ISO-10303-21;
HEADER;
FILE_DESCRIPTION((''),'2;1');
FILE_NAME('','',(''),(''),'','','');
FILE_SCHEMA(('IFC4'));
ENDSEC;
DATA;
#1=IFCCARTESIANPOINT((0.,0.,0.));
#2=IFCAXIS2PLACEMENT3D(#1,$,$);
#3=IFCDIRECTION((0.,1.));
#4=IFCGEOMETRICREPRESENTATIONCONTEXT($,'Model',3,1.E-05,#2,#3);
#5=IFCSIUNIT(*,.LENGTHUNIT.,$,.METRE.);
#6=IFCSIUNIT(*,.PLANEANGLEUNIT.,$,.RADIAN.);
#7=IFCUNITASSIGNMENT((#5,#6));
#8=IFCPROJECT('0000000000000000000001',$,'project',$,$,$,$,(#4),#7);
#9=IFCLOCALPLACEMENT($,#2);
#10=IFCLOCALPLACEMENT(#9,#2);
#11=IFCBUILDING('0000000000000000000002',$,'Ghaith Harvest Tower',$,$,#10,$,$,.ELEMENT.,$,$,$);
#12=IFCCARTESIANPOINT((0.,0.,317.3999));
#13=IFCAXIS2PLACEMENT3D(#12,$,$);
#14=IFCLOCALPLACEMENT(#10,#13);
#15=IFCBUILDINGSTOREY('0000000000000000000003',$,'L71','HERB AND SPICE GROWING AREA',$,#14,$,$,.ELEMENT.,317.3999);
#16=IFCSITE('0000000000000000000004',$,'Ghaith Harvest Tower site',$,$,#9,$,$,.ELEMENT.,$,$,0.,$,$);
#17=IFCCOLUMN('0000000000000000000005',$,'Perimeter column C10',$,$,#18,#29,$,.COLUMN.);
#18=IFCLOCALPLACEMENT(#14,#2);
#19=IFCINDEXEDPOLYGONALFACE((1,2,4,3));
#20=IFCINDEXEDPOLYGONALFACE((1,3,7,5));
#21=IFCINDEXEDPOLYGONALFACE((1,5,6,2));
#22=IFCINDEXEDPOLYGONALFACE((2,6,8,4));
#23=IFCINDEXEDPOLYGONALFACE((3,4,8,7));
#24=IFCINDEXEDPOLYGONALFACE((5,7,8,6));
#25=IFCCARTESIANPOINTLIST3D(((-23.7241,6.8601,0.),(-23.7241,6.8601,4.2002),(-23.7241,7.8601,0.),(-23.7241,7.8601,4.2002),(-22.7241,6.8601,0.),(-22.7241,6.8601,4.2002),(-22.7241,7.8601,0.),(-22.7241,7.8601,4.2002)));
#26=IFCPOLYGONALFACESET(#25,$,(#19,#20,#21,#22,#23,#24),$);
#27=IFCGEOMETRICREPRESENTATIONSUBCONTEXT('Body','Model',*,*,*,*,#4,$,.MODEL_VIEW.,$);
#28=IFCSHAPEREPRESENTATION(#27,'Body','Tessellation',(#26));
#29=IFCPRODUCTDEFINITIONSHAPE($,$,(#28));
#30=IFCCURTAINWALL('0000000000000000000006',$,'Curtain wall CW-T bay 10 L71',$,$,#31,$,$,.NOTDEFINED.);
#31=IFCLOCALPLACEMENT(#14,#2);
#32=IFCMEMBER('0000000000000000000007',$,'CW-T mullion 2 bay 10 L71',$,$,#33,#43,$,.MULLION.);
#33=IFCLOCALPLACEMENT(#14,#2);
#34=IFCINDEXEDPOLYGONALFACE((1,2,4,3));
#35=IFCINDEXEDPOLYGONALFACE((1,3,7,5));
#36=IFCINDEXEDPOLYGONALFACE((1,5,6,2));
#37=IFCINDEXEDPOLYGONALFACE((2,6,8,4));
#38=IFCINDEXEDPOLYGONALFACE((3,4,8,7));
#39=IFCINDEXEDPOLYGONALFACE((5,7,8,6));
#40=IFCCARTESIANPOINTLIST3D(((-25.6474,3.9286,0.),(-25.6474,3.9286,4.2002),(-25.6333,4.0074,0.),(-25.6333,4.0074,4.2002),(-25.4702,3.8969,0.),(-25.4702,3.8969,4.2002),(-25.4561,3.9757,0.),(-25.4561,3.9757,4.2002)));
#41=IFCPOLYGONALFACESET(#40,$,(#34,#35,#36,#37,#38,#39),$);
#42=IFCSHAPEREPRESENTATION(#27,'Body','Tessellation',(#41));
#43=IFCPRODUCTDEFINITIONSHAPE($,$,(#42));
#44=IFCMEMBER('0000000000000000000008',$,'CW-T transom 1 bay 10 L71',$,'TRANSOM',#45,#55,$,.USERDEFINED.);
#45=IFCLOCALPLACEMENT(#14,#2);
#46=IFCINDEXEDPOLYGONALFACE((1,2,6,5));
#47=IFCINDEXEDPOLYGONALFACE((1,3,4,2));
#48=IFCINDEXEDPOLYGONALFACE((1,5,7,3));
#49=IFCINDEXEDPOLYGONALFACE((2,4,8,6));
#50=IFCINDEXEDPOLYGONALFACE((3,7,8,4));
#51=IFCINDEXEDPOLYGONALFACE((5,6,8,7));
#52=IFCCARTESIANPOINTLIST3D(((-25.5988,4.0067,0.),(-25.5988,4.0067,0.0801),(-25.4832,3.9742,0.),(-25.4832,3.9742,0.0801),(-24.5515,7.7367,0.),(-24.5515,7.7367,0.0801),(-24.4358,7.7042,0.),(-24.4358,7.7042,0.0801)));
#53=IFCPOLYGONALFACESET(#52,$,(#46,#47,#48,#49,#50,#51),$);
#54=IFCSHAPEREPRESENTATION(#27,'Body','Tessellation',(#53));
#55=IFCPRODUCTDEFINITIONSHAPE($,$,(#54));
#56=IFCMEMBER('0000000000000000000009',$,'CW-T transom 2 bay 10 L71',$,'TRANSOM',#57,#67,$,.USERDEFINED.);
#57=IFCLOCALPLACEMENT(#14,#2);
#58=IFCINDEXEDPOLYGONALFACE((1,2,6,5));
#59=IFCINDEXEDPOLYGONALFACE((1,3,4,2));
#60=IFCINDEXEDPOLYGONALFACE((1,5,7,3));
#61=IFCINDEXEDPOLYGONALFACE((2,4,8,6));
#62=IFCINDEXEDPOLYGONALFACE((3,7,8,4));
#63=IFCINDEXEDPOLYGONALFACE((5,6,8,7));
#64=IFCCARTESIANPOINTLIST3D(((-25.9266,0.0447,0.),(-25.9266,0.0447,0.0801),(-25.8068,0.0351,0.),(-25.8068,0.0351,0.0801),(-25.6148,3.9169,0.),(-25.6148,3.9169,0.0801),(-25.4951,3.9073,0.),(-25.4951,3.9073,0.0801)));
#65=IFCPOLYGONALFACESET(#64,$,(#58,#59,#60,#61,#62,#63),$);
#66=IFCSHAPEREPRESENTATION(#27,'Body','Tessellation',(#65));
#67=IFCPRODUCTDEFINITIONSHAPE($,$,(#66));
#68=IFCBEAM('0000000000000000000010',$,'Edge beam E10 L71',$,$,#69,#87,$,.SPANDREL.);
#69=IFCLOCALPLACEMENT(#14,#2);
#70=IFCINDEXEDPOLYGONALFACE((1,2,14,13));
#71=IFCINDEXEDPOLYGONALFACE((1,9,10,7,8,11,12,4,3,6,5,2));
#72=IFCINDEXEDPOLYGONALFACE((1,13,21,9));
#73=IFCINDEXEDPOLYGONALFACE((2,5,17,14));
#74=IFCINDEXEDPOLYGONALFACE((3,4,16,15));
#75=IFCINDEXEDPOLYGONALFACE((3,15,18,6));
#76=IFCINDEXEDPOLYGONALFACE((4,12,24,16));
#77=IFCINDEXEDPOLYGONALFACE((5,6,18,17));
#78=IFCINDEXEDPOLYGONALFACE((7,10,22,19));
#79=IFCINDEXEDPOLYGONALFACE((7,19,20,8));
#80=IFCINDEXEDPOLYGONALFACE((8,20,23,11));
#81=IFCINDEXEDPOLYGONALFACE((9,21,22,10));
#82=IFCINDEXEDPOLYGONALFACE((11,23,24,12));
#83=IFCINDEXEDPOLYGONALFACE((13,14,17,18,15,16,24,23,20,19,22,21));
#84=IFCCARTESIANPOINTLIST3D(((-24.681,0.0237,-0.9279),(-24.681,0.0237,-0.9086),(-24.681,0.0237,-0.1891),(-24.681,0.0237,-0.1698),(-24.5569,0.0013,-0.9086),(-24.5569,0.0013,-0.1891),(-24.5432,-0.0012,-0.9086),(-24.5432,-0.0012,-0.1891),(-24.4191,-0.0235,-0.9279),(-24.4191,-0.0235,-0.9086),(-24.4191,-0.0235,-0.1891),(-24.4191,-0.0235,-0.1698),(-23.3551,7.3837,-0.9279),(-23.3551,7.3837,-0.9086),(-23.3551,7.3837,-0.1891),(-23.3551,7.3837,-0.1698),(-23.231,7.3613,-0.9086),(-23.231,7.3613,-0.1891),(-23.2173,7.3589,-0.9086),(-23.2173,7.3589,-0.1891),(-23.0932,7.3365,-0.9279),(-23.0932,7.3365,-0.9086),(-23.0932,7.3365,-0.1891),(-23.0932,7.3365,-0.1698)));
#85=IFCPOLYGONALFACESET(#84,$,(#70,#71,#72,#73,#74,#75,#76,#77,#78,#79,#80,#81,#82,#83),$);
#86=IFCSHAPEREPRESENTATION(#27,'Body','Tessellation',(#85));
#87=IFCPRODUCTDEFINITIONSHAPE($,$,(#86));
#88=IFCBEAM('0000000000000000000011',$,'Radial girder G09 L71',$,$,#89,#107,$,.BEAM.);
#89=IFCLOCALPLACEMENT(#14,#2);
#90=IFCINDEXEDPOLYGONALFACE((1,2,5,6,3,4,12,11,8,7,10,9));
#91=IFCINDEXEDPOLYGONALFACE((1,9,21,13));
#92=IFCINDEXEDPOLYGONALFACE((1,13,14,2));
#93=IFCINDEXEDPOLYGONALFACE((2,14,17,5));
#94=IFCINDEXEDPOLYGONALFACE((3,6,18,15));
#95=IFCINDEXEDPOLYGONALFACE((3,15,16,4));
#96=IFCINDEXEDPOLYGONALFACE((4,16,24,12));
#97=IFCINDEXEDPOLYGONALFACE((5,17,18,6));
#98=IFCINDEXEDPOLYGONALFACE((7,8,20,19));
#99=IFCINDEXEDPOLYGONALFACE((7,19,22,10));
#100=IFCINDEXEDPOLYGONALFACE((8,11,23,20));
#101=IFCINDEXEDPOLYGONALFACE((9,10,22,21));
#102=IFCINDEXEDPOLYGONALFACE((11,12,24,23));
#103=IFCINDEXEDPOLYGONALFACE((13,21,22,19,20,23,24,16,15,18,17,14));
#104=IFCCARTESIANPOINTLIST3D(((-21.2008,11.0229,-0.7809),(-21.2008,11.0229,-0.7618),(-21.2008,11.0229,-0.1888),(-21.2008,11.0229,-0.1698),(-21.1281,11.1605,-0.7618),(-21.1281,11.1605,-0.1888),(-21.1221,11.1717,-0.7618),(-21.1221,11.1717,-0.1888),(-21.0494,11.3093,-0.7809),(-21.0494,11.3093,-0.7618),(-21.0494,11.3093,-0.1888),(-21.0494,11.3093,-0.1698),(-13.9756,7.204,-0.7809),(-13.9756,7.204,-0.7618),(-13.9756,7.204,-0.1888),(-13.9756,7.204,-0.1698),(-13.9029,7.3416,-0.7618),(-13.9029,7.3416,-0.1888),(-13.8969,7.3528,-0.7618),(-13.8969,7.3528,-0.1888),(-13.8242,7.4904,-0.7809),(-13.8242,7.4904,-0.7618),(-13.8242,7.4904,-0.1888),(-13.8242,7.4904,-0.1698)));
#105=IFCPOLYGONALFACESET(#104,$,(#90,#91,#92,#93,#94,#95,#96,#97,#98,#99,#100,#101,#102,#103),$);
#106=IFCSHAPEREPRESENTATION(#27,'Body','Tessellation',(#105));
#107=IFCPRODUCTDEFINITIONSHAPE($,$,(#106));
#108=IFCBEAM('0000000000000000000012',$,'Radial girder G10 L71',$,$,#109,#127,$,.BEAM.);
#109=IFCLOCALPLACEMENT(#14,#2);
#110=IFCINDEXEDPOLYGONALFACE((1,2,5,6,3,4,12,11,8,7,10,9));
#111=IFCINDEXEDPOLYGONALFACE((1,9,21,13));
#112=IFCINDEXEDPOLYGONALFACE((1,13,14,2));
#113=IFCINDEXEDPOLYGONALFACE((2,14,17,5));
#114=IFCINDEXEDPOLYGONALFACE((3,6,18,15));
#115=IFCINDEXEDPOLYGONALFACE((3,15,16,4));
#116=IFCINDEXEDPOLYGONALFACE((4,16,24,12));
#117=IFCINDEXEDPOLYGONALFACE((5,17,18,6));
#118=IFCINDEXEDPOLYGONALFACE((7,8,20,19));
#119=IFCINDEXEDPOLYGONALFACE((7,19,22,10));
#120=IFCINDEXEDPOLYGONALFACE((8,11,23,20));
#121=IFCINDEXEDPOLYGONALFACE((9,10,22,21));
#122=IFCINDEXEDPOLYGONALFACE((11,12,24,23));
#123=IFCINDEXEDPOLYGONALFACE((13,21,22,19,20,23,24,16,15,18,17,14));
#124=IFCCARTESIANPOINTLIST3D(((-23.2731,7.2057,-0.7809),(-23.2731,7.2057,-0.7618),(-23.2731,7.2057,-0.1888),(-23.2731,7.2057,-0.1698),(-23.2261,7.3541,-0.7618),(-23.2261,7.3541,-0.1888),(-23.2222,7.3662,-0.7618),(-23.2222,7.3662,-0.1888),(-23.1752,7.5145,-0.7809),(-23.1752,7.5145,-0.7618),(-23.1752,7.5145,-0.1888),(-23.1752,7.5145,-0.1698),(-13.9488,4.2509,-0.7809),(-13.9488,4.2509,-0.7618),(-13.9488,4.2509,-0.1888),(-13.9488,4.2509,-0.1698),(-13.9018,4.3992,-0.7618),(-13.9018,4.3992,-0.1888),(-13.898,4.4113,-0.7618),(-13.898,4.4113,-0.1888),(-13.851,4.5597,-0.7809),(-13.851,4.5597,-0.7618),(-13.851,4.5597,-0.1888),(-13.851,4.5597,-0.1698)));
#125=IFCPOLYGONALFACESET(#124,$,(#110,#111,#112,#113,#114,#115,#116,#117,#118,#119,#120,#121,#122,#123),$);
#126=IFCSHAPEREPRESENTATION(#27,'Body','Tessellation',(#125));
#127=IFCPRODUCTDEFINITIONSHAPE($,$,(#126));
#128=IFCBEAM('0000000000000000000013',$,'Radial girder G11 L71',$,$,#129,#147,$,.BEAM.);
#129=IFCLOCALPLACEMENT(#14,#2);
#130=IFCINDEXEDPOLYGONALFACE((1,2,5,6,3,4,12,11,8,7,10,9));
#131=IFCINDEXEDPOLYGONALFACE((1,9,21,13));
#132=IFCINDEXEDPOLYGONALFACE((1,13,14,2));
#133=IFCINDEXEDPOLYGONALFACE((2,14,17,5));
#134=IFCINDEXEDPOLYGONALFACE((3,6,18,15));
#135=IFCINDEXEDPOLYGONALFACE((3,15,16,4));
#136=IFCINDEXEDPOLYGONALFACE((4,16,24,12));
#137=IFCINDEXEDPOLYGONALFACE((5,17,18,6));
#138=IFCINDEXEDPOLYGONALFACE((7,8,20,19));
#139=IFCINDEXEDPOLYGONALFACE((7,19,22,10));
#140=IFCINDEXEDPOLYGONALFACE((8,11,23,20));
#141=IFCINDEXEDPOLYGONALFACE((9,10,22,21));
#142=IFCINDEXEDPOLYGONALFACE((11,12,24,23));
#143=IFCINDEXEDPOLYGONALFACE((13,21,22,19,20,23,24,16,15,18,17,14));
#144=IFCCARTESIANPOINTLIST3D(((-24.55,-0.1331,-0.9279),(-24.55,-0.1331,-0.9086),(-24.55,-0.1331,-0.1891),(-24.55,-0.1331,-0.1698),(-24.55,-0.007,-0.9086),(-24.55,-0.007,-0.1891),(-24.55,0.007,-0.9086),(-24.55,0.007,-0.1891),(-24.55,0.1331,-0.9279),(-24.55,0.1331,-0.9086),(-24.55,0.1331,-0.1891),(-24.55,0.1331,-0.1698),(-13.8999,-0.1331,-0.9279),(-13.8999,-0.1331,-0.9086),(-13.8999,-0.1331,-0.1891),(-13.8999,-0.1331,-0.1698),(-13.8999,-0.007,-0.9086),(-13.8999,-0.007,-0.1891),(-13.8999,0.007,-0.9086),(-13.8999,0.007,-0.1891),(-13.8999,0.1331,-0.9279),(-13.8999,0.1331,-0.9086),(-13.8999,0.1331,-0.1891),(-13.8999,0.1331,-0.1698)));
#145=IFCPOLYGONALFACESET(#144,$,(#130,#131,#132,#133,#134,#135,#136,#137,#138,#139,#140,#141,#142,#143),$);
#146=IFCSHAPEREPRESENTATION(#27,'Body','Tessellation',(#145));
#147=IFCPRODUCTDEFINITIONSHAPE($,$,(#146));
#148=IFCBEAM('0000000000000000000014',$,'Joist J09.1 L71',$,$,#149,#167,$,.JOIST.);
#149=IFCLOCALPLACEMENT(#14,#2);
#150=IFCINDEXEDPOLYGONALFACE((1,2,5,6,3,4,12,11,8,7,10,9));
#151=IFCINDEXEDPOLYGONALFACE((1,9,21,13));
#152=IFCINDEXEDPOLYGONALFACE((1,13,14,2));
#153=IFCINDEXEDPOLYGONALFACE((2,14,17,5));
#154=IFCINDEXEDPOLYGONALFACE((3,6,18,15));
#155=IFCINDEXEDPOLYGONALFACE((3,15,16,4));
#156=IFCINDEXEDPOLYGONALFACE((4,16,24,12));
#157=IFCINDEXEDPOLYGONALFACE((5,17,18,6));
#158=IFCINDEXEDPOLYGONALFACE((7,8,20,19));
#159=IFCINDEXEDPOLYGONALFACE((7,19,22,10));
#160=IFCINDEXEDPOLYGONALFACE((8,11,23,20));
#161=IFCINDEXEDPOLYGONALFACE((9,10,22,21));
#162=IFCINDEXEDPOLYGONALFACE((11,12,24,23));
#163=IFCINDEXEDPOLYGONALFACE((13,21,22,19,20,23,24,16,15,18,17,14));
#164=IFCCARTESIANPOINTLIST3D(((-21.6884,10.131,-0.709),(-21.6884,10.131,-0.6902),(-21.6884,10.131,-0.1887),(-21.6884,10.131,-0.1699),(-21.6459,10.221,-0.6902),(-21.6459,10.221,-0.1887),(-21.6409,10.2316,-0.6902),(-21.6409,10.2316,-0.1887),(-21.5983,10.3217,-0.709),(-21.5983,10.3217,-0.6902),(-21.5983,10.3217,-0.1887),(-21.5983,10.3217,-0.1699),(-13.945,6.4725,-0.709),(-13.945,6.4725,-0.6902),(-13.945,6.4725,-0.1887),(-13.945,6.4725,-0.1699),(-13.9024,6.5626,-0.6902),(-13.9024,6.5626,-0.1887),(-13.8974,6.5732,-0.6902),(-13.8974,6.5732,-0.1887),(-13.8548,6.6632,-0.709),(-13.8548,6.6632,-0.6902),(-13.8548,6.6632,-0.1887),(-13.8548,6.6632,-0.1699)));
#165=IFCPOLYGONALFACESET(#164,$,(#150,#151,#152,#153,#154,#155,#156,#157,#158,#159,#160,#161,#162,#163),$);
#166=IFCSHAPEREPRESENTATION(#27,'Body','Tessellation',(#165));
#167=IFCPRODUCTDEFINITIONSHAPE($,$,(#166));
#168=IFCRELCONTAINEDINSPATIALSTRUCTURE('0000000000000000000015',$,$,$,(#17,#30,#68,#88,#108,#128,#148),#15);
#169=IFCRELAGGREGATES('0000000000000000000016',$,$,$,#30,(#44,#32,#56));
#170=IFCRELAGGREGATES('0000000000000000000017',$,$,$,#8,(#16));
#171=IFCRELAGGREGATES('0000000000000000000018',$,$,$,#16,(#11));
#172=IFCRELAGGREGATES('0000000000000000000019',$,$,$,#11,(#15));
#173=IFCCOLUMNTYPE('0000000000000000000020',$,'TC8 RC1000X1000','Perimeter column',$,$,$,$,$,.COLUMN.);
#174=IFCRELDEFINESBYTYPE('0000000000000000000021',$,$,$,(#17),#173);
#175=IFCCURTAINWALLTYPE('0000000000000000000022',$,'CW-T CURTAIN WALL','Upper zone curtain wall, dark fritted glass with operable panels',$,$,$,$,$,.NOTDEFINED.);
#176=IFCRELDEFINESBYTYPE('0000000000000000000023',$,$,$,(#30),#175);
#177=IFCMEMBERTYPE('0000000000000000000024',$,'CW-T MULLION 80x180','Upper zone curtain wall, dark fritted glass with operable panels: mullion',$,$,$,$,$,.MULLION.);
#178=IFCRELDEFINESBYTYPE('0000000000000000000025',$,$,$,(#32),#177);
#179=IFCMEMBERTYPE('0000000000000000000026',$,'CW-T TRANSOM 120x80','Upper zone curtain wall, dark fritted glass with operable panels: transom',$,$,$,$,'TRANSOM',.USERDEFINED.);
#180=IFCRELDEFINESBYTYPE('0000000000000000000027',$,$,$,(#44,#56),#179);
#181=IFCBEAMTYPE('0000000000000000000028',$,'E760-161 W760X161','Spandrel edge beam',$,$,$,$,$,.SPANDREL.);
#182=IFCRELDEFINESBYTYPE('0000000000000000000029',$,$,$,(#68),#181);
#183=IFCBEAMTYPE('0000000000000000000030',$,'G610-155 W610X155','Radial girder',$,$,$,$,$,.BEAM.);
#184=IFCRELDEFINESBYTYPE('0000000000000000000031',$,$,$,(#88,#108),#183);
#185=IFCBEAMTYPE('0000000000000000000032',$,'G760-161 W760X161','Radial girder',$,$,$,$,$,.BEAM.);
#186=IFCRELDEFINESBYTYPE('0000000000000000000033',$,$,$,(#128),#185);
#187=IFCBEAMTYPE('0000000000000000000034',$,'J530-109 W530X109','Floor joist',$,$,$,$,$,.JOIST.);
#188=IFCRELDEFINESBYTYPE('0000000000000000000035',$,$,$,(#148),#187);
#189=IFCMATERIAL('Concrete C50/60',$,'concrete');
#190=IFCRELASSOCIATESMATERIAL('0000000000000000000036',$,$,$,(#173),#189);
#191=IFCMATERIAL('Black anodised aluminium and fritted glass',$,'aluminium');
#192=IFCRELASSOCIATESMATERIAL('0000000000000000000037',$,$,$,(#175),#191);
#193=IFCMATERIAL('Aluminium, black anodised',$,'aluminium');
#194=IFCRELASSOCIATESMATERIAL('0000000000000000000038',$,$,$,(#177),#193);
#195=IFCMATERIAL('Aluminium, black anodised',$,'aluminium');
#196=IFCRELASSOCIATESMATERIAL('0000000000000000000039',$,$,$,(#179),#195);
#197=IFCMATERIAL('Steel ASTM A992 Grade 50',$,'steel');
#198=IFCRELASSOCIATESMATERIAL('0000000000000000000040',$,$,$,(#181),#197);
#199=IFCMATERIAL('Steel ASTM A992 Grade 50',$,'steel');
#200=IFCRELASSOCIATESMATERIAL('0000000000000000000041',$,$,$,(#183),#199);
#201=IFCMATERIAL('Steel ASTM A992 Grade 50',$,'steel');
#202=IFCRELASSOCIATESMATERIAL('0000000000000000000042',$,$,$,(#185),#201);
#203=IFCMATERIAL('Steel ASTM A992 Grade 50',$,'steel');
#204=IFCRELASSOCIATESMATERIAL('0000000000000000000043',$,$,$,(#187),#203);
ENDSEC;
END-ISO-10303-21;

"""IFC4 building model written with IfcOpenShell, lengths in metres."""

from ifc_helpers import new_model, si_unit, direction, frame, origin, origin_2d, place, context, subcontext, project, spatial, rectangle, i_section, extrude, material, material_profile, profile_set, type_object, element, aggregate, save


model = new_model("IFC4")

# Units and contexts
model_context = context("Model", 3, precision=1e-05, world=origin(), true_north=direction((0.0, 1.0)))
body_context = subcontext(model_context, "Body", "Model", "MODEL_VIEW")
ifc_project = project(units=[si_unit("LENGTHUNIT", "METRE"), si_unit("PLANEANGLEUNIT", "RADIAN")], contexts=[model_context])

# Site, building, storey
site_placement = place(None, origin())
site = spatial("IfcSite", under=ifc_project, at=site_placement, Name="Ghaith Harvest Tower site", CompositionType="ELEMENT", RefElevation=0.0)
building_placement = place(site_placement, origin())
building = spatial("IfcBuilding", under=site, at=building_placement, Name="Ghaith Harvest Tower", CompositionType="ELEMENT")
storey_placement = place(building_placement, frame((0.0, 0.0, 317.3999)))
storey = spatial("IfcBuildingStorey", under=building, at=storey_placement, Name="L71", Description="HERB AND SPICE GROWING AREA", CompositionType="ELEMENT", Elevation=317.3999)

# Column
ifc_material_1 = material(Name="Concrete C50/60", Category="concrete")
ifc_material_profile_1 = material_profile(ifc_material_1, rectangle(XDim=1.0, YDim=1.0, at=origin_2d()), Name="RC1000X1000")
ifc_profile_set_1 = profile_set([ifc_material_profile_1], Name="Concrete C50/60")
column_type = type_object("IfcColumnType", Name="TC8 RC1000X1000", Description="Perimeter column", PredefinedType="COLUMN", material=ifc_profile_set_1)
column_placement = place(storey_placement, frame((-23.2241, 7.3601, 0.0), z_axis=(0.0, 0.0, 1.0), x_axis=(1.0, 0.0, 0.0)))
element("IfcColumn", 1, at=column_placement, inside=storey, type_object=column_type, Name="Perimeter column C10", PredefinedType="COLUMN", context=body_context, shape_type="SweptSolid", body=[
    extrude(rectangle(XDim=1.0, YDim=1.0, at=origin_2d()), origin(), (0.0, 0.0, 1.0), 4.2002),
])

# Curtain wall, members
ifc_material_2 = material(Name="Black anodised aluminium and fritted glass", Category="aluminium")
curtain_wall_type = type_object("IfcCurtainWallType", Name="CW-T CURTAIN WALL", Description="Upper zone curtain wall, dark fritted glass with operable panels", PredefinedType="NOTDEFINED", material=ifc_material_2)
curtain_wall_placement = place(storey_placement, origin())
curtain_wall = element("IfcCurtainWall", 2, at=curtain_wall_placement, inside=storey, type_object=curtain_wall_type, Name="Curtain wall CW-T bay 10 L71", PredefinedType="NOTDEFINED")
ifc_material_3 = material(Name="Aluminium, black anodised", Category="aluminium")
ifc_material_profile_2 = material_profile(ifc_material_3, rectangle(XDim=0.0801, YDim=0.1799, at=origin_2d()), Name="CW-T MULLION 80x180")
ifc_profile_set_2 = profile_set([ifc_material_profile_2], Name="Aluminium, black anodised")
member_type_1 = type_object("IfcMemberType", Name="CW-T MULLION 80x180", Description="Upper zone curtain wall, dark fritted glass with operable panels: mullion", PredefinedType="MULLION", material=ifc_profile_set_2)
member_1_placement = place(storey_placement, frame((-25.5518, 3.9521, 0.0), z_axis=(0.0, 0.0, 1.0), x_axis=(-0.176001, -0.98439, 0.0)))
member_1 = element("IfcMember", 3, at=member_1_placement, type_object=member_type_1, Name="CW-T mullion 2 bay 10 L71", PredefinedType="MULLION", context=body_context, shape_type="SweptSolid", body=[
    extrude(rectangle(XDim=0.0801, YDim=0.1799, at=origin_2d()), origin(), (0.0, 0.0, 1.0), 4.2002),
])
ifc_material_4 = material(Name="Aluminium, black anodised", Category="aluminium")
ifc_material_profile_3 = material_profile(ifc_material_4, rectangle(XDim=0.1201, YDim=0.0801, at=origin_2d()), Name="CW-T TRANSOM 120x80")
ifc_profile_set_3 = profile_set([ifc_material_profile_3], Name="Aluminium, black anodised")
member_type_2 = type_object("IfcMemberType", Name="CW-T TRANSOM 120x80", Description="Upper zone curtain wall, dark fritted glass with operable panels: transom", ElementType="TRANSOM", PredefinedType="USERDEFINED", material=ifc_profile_set_3)
member_2_placement = place(storey_placement, frame((-24.4937, 7.7205, 0.04), z_axis=(-0.27034, -0.962765, 0.0), x_axis=(0.962765, -0.27034, 0.0)))
member_2 = element("IfcMember", 4, at=member_2_placement, type_object=member_type_2, Name="CW-T transom 1 bay 10 L71", ObjectType="TRANSOM", PredefinedType="USERDEFINED", context=body_context, shape_type="SweptSolid", body=[
    extrude(rectangle(XDim=0.1201, YDim=0.0801, at=origin_2d()), origin(), (0.0, 0.0, 1.0), 3.8743),
])
member_3_placement = place(storey_placement, frame((-25.5549, 3.9121, 0.04), z_axis=(-0.080252, -0.996775, 0.0), x_axis=(0.996775, -0.080252, 0.0)))
member_3 = element("IfcMember", 5, at=member_3_placement, type_object=member_type_2, Name="CW-T transom 2 bay 10 L71", ObjectType="TRANSOM", PredefinedType="USERDEFINED", context=body_context, shape_type="SweptSolid", body=[
    extrude(rectangle(XDim=0.1201, YDim=0.0801, at=origin_2d()), origin(), (0.0, 0.0, 1.0), 3.8848),
])

# Beams
ifc_material_5 = material(Name="Steel ASTM A992 Grade 50", Category="steel")
ifc_material_profile_4 = material_profile(ifc_material_5, i_section(OverallWidth=0.2661, OverallDepth=0.7581, WebThickness=0.0139, FlangeThickness=0.0193, at=origin_2d()), Name="W760X161")
ifc_profile_set_4 = profile_set([ifc_material_profile_4], Name="Steel ASTM A992 Grade 50")
beam_type_1 = type_object("IfcBeamType", Name="E760-161 W760X161", Description="Spandrel edge beam", PredefinedType="SPANDREL", material=ifc_profile_set_4)
beam_1_placement = place(storey_placement, frame((-23.2241, 7.3601, -0.5488), z_axis=(-0.177297, -0.984157, 0.0), x_axis=(0.984157, -0.177297, 0.0)))
element("IfcBeam", 6, at=beam_1_placement, inside=storey, type_object=beam_type_1, Name="Edge beam E10 L71", PredefinedType="SPANDREL", context=body_context, shape_type="SweptSolid", body=[
    extrude(i_section(OverallWidth=0.2661, OverallDepth=0.7581, WebThickness=0.0139, FlangeThickness=0.0193, at=origin_2d()), origin(), (0.0, 0.0, 1.0), 7.4785),
])
ifc_material_6 = material(Name="Steel ASTM A992 Grade 50", Category="steel")
ifc_material_profile_5 = material_profile(ifc_material_6, i_section(OverallWidth=0.324, OverallDepth=0.6111, WebThickness=0.0127, FlangeThickness=0.019, at=origin_2d()), Name="W610X155")
ifc_profile_set_5 = profile_set([ifc_material_profile_5], Name="Steel ASTM A992 Grade 50")
beam_type_2 = type_object("IfcBeamType", Name="G610-155 W610X155", Description="Radial girder", PredefinedType="BEAM", material=ifc_profile_set_5)
beam_2_placement = place(storey_placement, frame((-13.8999, 7.3472, -0.4753), z_axis=(-0.884102, 0.467295, 0.0), x_axis=(-0.467295, -0.884102, 0.0)))
element("IfcBeam", 7, at=beam_2_placement, inside=storey, type_object=beam_type_2, Name="Radial girder G09 L71", PredefinedType="BEAM", context=body_context, shape_type="SweptSolid", body=[
    extrude(i_section(OverallWidth=0.324, OverallDepth=0.6111, WebThickness=0.0127, FlangeThickness=0.019, at=origin_2d()), origin(), (0.0, 0.0, 1.0), 8.1724),
])
beam_3_placement = place(storey_placement, frame((-13.8999, 4.4053, -0.4753), z_axis=(-0.953279, 0.302093, 0.0), x_axis=(-0.302093, -0.953279, 0.0)))
element("IfcBeam", 8, at=beam_3_placement, inside=storey, type_object=beam_type_2, Name="Radial girder G10 L71", PredefinedType="BEAM", context=body_context, shape_type="SweptSolid", body=[
    extrude(i_section(OverallWidth=0.324, OverallDepth=0.6111, WebThickness=0.0127, FlangeThickness=0.019, at=origin_2d()), origin(), (0.0, 0.0, 1.0), 9.7812),
])
ifc_material_7 = material(Name="Steel ASTM A992 Grade 50", Category="steel")
ifc_material_profile_6 = material_profile(ifc_material_7, i_section(OverallWidth=0.2661, OverallDepth=0.7581, WebThickness=0.0139, FlangeThickness=0.0193, at=origin_2d()), Name="W760X161")
ifc_profile_set_6 = profile_set([ifc_material_profile_6], Name="Steel ASTM A992 Grade 50")
beam_type_3 = type_object("IfcBeamType", Name="G760-161 W760X161", Description="Radial girder", PredefinedType="BEAM", material=ifc_profile_set_6)
beam_4_placement = place(storey_placement, frame((-13.8999, 0.0, -0.5488), z_axis=(-1.0, 0.0, 0.0), x_axis=(0.0, -1.0, 0.0)))
element("IfcBeam", 9, at=beam_4_placement, inside=storey, type_object=beam_type_3, Name="Radial girder G11 L71", PredefinedType="BEAM", context=body_context, shape_type="SweptSolid", body=[
    extrude(i_section(OverallWidth=0.2661, OverallDepth=0.7581, WebThickness=0.0139, FlangeThickness=0.0193, at=origin_2d()), origin(), (0.0, 0.0, 1.0), 10.6501),
])
ifc_material_8 = material(Name="Steel ASTM A992 Grade 50", Category="steel")
ifc_material_profile_7 = material_profile(ifc_material_8, i_section(OverallWidth=0.2109, OverallDepth=0.5391, WebThickness=0.0117, FlangeThickness=0.0188, at=origin_2d()), Name="W530X109")
ifc_profile_set_7 = profile_set([ifc_material_profile_7], Name="Steel ASTM A992 Grade 50")
beam_type_4 = type_object("IfcBeamType", Name="J530-109 W530X109", Description="Floor joist", PredefinedType="JOIST", material=ifc_profile_set_7)
beam_5_placement = place(storey_placement, frame((-13.8999, 6.5679, -0.4395), z_axis=(-0.904166, 0.427182, 0.0), x_axis=(-0.427182, -0.904166, 0.0)))
element("IfcBeam", 10, at=beam_5_placement, inside=storey, type_object=beam_type_4, Name="Joist J09.1 L71", PredefinedType="JOIST", context=body_context, shape_type="SweptSolid", body=[
    extrude(i_section(OverallWidth=0.2109, OverallDepth=0.5391, WebThickness=0.0117, FlangeThickness=0.0188, at=origin_2d()), origin(), (0.0, 0.0, 1.0), 8.5642),
])

aggregate(curtain_wall, [member_2, member_1, member_3])

save(model, "model.ifc")
